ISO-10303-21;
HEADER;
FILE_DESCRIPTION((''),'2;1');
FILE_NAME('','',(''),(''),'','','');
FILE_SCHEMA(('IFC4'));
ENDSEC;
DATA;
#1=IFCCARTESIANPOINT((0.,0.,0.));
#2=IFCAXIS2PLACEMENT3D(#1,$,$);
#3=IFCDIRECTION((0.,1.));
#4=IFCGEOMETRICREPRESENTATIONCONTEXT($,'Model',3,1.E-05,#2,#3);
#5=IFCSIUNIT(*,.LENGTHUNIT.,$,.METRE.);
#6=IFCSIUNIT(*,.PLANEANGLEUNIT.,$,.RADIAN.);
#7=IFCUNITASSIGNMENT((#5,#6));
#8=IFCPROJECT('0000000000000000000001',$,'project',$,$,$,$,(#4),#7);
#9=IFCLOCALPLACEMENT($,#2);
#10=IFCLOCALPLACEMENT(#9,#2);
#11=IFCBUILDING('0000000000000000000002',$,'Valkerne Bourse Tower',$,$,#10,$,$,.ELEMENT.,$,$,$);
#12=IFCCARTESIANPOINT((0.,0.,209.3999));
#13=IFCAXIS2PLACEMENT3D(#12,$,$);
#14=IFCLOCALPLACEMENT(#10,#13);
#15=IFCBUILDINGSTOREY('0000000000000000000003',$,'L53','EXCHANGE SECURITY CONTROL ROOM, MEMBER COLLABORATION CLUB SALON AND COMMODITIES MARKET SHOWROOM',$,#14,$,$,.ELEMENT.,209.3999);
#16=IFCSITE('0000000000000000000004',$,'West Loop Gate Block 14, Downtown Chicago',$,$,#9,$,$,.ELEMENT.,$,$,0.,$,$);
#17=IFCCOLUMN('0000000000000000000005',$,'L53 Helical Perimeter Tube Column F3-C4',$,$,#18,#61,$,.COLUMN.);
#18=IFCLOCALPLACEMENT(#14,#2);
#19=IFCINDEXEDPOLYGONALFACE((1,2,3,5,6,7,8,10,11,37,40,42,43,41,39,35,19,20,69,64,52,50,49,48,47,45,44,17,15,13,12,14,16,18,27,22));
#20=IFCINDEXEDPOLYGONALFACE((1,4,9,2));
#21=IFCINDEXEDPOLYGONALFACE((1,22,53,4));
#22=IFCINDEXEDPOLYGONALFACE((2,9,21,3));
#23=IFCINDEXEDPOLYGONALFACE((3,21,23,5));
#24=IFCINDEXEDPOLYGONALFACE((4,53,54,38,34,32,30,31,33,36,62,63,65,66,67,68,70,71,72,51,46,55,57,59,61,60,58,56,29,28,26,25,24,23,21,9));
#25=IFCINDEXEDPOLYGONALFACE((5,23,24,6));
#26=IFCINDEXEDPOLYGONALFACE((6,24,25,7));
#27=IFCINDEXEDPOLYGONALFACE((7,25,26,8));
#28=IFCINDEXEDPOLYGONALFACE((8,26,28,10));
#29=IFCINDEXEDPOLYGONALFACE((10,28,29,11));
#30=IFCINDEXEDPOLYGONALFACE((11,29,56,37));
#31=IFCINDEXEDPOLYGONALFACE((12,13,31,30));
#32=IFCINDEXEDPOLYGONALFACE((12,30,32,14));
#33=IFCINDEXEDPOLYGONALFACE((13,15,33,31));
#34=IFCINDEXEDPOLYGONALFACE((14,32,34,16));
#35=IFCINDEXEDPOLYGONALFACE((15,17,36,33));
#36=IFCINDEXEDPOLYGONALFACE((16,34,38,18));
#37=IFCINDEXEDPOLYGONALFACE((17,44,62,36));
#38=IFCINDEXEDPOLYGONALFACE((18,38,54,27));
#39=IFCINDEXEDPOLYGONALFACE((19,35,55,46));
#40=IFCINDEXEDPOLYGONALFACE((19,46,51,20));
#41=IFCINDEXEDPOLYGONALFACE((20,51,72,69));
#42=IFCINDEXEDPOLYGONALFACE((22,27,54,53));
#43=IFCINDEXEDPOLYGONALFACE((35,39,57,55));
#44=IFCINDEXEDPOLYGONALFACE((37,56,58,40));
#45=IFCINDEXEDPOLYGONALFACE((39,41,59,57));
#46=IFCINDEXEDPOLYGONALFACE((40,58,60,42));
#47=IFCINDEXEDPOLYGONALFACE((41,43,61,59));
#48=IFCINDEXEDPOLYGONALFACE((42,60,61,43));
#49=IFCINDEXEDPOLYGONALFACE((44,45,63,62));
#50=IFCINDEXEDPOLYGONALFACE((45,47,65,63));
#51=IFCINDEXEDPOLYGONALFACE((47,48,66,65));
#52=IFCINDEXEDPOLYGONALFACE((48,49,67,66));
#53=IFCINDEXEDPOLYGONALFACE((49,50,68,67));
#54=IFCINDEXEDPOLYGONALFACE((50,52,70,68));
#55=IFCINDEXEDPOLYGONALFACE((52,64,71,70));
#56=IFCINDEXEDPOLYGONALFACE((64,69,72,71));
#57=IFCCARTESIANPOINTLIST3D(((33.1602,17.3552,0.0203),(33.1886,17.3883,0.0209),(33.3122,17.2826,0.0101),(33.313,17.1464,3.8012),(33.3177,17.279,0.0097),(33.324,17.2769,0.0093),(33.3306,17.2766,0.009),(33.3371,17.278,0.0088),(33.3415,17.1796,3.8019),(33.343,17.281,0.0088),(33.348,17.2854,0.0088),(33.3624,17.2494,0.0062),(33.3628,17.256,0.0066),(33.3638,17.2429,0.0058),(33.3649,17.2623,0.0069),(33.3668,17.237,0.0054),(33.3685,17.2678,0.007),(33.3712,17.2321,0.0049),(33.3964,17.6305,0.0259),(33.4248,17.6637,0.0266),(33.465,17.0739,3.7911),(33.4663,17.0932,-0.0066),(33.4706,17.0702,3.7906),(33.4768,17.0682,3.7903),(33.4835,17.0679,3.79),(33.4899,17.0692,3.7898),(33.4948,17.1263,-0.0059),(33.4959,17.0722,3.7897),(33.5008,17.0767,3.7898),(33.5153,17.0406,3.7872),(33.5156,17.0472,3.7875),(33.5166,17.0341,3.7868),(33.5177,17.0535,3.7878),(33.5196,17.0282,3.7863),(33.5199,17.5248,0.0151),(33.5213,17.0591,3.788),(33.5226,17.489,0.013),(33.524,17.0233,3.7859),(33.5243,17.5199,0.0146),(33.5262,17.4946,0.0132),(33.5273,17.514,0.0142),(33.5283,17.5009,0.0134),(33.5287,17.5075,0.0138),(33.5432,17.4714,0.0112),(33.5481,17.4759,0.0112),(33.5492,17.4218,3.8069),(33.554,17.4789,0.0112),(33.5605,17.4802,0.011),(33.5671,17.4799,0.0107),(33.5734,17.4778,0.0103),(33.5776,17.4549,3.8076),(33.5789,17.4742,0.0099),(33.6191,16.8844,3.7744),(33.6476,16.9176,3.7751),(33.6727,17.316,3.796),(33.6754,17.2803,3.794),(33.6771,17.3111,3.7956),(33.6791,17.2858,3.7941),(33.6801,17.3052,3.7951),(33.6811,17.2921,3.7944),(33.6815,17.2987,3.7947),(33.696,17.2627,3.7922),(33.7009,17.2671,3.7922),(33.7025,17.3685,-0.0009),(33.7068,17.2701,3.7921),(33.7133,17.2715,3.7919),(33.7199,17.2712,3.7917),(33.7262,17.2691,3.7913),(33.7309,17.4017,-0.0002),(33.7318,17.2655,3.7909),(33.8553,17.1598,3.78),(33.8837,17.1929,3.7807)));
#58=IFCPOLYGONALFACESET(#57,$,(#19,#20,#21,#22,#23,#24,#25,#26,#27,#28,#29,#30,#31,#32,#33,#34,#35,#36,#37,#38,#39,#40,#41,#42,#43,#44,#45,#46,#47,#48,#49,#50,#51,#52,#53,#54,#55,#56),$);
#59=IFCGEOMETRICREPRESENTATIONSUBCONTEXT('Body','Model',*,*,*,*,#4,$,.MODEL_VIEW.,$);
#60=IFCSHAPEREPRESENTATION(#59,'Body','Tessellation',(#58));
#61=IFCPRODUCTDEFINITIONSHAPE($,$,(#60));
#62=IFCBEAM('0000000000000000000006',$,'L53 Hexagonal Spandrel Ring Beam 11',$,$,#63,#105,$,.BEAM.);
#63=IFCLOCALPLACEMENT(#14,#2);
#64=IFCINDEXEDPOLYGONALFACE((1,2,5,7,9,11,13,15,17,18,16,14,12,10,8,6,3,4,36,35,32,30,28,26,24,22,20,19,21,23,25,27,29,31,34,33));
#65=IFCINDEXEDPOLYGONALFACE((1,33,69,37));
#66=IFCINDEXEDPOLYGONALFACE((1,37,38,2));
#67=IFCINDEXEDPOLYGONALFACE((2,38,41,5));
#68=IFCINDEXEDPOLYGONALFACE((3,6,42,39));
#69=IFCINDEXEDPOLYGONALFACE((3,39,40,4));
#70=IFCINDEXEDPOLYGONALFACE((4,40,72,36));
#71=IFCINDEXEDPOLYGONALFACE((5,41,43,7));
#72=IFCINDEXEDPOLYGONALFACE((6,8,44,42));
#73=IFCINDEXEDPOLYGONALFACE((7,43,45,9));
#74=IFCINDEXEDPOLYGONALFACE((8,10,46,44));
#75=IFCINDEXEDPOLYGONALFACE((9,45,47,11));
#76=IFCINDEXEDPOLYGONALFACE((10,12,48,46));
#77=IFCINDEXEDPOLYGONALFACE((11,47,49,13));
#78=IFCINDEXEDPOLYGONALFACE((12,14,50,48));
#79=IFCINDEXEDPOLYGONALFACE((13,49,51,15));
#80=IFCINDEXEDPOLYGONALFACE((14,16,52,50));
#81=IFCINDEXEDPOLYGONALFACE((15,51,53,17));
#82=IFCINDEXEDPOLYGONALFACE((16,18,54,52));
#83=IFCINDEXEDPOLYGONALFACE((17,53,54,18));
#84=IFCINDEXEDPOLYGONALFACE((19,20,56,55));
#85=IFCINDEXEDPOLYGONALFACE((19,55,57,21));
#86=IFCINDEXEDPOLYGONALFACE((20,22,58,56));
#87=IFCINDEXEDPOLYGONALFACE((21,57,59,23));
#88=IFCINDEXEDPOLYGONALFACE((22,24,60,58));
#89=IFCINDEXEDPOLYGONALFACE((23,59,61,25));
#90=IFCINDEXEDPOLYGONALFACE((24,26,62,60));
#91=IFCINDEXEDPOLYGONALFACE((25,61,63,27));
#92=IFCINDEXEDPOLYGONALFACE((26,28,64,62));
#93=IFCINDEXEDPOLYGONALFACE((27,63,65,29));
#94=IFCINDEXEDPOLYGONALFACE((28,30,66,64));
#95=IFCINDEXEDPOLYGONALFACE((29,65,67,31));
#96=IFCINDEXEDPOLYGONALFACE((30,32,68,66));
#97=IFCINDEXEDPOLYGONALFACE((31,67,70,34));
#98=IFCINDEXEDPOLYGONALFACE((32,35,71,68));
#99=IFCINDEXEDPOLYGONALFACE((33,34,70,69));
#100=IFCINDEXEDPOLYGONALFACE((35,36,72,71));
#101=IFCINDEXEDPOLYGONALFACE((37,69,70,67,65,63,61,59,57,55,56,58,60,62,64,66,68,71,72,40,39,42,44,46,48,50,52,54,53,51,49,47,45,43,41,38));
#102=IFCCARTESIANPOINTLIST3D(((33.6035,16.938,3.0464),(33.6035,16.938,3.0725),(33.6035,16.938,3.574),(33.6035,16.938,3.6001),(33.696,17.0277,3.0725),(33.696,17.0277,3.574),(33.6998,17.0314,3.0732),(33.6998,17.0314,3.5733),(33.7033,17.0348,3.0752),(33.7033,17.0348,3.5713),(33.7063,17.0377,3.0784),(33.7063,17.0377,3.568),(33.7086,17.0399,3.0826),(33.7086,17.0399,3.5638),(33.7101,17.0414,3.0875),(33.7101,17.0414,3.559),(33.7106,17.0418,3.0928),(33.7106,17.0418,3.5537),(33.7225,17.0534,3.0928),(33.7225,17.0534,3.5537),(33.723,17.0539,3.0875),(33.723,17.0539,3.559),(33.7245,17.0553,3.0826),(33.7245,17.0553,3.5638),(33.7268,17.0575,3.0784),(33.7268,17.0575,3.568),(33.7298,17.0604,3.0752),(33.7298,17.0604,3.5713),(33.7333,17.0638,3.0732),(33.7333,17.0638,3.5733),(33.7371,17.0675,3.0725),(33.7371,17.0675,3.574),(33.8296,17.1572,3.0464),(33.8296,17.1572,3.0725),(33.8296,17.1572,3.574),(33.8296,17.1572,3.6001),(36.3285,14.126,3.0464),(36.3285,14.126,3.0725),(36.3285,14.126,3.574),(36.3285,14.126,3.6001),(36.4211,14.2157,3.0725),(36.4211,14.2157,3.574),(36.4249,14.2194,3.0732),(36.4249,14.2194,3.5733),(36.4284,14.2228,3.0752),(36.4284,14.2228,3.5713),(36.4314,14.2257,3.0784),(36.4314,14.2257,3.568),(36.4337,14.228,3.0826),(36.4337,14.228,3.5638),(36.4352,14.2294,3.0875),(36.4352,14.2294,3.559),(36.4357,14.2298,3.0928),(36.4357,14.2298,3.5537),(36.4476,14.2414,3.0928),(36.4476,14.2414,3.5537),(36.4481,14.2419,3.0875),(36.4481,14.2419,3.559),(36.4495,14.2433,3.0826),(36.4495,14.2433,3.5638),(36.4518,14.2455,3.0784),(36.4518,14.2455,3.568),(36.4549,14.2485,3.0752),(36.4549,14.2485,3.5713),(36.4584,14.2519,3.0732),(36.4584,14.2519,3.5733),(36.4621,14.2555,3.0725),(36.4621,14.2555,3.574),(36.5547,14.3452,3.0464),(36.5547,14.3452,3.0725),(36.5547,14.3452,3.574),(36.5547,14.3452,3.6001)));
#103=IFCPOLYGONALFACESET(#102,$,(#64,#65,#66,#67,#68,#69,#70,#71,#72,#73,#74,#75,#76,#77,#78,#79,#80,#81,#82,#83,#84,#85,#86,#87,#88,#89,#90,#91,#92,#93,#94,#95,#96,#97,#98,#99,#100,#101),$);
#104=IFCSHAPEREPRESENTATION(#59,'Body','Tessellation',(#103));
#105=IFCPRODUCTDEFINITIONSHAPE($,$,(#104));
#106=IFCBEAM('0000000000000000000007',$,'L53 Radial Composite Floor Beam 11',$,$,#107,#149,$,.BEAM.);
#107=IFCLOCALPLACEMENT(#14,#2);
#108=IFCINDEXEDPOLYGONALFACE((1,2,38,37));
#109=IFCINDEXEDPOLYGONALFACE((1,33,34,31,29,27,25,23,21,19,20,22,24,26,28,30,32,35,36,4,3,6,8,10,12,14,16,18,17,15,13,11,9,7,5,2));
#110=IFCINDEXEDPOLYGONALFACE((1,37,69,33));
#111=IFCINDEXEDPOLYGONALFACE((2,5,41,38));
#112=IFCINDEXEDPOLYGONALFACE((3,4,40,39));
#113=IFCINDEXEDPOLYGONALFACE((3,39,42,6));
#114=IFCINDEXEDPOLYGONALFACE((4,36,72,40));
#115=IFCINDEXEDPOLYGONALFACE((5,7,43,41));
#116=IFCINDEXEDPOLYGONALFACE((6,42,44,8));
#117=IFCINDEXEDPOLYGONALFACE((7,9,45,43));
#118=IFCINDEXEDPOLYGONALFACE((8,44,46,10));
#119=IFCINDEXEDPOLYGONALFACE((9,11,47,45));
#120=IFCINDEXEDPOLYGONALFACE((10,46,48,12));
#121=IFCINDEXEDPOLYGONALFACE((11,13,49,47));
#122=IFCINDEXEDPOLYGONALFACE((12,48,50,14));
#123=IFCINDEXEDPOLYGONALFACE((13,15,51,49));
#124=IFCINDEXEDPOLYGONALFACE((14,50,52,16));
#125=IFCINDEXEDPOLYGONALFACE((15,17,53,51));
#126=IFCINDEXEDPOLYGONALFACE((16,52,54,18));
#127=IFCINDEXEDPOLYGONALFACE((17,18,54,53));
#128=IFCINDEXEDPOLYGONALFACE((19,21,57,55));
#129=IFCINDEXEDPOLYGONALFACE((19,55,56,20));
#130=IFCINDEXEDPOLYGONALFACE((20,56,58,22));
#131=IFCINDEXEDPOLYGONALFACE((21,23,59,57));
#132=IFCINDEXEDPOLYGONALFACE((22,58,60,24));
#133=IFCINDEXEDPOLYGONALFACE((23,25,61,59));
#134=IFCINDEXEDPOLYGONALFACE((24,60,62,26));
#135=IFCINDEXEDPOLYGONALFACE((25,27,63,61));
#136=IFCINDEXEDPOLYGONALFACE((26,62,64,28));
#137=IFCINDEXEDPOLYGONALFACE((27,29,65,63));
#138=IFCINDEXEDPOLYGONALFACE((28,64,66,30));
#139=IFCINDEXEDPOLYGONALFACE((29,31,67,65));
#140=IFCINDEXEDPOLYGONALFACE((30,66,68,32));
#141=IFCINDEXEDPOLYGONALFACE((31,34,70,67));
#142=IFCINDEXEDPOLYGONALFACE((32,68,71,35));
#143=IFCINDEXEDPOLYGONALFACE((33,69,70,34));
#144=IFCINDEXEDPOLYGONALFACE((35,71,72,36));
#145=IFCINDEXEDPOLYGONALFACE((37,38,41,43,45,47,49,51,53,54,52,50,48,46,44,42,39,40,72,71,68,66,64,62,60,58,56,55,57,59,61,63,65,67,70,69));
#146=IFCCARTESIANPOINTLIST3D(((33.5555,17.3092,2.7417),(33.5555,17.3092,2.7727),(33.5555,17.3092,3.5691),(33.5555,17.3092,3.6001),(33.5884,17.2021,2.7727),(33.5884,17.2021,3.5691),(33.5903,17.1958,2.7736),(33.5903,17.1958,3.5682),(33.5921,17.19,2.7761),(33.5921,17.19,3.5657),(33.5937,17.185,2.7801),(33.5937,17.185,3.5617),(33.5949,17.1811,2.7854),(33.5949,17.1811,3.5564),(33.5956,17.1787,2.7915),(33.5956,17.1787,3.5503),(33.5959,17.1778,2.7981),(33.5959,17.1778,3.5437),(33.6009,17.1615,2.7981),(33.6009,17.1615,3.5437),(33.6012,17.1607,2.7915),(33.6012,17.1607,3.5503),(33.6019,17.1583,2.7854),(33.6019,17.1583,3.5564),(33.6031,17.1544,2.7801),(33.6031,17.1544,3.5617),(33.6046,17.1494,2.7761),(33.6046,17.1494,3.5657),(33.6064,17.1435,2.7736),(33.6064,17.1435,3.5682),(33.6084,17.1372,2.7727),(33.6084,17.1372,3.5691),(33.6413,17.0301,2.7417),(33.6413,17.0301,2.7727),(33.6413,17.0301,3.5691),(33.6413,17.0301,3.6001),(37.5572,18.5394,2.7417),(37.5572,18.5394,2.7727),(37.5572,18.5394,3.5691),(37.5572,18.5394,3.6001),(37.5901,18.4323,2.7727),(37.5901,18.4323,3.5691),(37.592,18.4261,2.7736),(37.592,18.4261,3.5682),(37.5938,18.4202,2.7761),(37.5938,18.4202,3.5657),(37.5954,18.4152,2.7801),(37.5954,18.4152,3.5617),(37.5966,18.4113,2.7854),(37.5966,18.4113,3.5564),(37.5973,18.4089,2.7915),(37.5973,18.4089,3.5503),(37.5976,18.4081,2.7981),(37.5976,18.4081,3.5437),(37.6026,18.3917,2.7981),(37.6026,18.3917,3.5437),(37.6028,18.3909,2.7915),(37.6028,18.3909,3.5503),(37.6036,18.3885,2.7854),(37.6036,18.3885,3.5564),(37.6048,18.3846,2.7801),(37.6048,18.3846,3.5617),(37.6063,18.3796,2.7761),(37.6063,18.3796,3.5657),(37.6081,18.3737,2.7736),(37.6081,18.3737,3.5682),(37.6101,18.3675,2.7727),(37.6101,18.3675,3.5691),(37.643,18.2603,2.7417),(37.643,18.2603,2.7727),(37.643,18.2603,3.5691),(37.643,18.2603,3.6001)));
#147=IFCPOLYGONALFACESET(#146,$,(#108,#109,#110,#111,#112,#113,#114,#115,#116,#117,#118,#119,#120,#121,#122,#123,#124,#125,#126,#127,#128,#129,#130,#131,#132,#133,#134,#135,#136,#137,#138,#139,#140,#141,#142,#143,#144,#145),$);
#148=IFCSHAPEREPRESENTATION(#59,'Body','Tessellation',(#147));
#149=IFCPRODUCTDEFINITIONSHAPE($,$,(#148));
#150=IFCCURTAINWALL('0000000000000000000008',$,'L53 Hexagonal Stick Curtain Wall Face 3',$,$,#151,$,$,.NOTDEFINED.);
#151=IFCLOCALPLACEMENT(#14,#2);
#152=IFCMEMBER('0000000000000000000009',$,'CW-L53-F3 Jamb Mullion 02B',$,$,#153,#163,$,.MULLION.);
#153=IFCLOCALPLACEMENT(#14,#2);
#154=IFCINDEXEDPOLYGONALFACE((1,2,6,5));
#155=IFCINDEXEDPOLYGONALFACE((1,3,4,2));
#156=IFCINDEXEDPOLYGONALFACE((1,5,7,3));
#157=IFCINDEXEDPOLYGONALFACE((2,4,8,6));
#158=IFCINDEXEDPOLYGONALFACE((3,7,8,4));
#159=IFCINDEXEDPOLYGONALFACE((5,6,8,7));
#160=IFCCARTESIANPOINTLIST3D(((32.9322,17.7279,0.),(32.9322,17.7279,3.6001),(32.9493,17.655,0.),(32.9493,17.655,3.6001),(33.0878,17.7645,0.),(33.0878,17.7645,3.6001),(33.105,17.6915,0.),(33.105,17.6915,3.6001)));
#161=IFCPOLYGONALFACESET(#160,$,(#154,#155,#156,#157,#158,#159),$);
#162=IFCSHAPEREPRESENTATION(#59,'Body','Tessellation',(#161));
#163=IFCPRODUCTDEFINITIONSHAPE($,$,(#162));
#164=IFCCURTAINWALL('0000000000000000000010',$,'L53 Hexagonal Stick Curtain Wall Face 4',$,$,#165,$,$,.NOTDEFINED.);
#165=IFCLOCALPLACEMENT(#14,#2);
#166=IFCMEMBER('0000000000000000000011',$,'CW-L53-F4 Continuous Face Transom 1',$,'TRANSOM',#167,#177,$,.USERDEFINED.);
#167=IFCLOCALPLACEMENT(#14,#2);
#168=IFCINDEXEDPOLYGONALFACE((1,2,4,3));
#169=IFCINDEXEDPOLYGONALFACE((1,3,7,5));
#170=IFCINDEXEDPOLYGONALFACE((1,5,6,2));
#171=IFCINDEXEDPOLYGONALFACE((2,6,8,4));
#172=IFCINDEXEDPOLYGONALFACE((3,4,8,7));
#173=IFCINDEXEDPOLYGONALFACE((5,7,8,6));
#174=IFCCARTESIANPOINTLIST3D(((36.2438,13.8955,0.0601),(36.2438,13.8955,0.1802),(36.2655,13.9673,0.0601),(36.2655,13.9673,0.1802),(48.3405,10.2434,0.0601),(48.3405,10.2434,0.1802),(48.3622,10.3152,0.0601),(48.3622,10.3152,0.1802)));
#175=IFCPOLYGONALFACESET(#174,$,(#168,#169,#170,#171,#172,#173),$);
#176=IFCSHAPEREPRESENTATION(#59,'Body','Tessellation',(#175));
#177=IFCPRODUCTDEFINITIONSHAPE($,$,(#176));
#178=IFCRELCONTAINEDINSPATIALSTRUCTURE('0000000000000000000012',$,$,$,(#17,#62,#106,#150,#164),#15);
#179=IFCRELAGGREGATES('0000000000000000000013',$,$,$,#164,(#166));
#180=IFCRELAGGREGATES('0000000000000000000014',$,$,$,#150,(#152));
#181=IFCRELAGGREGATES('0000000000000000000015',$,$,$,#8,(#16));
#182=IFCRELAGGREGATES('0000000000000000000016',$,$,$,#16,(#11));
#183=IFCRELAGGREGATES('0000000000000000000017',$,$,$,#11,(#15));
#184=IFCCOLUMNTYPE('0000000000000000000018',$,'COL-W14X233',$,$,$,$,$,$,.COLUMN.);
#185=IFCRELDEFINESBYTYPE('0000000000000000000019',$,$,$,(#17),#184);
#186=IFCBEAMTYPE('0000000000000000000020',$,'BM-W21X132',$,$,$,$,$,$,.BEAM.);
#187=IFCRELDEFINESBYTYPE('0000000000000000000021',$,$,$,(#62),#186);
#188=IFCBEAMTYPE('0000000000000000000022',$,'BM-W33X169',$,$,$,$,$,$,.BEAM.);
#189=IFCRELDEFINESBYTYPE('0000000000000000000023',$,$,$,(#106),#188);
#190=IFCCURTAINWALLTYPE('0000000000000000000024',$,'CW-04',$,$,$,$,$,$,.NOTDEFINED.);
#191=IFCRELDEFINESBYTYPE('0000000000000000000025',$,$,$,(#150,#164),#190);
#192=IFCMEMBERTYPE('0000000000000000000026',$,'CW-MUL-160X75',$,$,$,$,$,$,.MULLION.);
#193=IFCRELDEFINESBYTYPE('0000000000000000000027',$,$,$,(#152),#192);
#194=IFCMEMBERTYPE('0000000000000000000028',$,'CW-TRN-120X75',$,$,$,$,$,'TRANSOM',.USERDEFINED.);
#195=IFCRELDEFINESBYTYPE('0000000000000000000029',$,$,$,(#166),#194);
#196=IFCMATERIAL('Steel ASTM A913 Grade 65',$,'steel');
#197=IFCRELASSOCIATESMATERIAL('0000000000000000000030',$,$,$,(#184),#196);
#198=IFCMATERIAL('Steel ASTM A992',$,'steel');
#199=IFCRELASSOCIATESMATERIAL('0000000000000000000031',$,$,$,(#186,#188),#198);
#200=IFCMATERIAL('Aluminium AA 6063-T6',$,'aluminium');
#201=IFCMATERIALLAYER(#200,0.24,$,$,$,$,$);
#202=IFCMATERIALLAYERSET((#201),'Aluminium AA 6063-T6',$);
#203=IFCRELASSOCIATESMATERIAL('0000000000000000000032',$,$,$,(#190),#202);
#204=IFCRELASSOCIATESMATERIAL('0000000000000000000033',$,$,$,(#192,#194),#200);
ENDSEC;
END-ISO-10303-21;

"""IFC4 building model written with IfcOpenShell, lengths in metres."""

from ifc_helpers import new_model, si_unit, direction, frame, origin, origin_2d, place, context, subcontext, project, spatial, rectangle, i_section, extrude, material, layer, layer_set, material_profile, profile_set, type_object, element, aggregate, save


model = new_model("IFC4")

# Units and contexts
model_context = context("Model", 3, precision=1e-05, world=origin(), true_north=direction((0.0, 1.0)))
body_context = subcontext(model_context, "Body", "Model", "MODEL_VIEW")
ifc_project = project(units=[si_unit("LENGTHUNIT", "METRE"), si_unit("PLANEANGLEUNIT", "RADIAN")], contexts=[model_context])

# Site, building, storey
site_placement = place(None, origin())
site = spatial("IfcSite", under=ifc_project, at=site_placement, Name="West Loop Gate Block 14, Downtown Chicago", CompositionType="ELEMENT", RefElevation=0.0)
building_placement = place(site_placement, origin())
building = spatial("IfcBuilding", under=site, at=building_placement, Name="Valkerne Bourse Tower", CompositionType="ELEMENT")
storey_placement = place(building_placement, frame((0.0, 0.0, 209.3999)))
storey = spatial("IfcBuildingStorey", under=building, at=storey_placement, Name="L53", Description="EXCHANGE SECURITY CONTROL ROOM, MEMBER COLLABORATION CLUB SALON AND COMMODITIES MARKET SHOWROOM", CompositionType="ELEMENT", Elevation=209.3999)

# Column
ifc_material_1 = material(Name="Steel ASTM A913 Grade 65", Category="steel")
ifc_material_profile_1 = material_profile(ifc_material_1, i_section(OverallWidth=0.4038, OverallDepth=0.4065, WebThickness=0.0271, FlangeThickness=0.0437, FilletRadius=0.0254, at=origin_2d()), Name="W14X233")
ifc_profile_set_1 = profile_set([ifc_material_profile_1], Name="Steel ASTM A913 Grade 65")
column_type = type_object("IfcColumnType", Name="COL-W14X233", PredefinedType="COLUMN", material=ifc_profile_set_1)
column_placement = place(storey_placement, frame((33.4456, 17.3784, 0.01), z_axis=(0.040327, -0.055079, 0.997667), x_axis=(0.758046, -0.648806, -0.06646)))
element("IfcColumn", 1, at=column_placement, inside=storey, type_object=column_type, Name="L53 Helical Perimeter Tube Column F3-C4", PredefinedType="COLUMN", context=body_context, shape_type="SweptSolid", body=[
    extrude(i_section(OverallWidth=0.4038, OverallDepth=0.4065, WebThickness=0.0271, FlangeThickness=0.0437, FilletRadius=0.0254, at=origin_2d()), origin(), (0.0, 0.0, 1.0), 3.7898),
])

# Beams
ifc_material_2 = material(Name="Steel ASTM A992", Category="steel")
ifc_material_profile_2 = material_profile(ifc_material_2, i_section(OverallWidth=0.3149, OverallDepth=0.5537, WebThickness=0.0166, FlangeThickness=0.0261, FilletRadius=0.0203, at=origin_2d()), Name="W21X132")
ifc_profile_set_2 = profile_set([ifc_material_profile_2], Name="Steel ASTM A992")
beam_type_1 = type_object("IfcBeamType", Name="BM-W21X132", PredefinedType="BEAM", material=ifc_profile_set_2)
beam_1_placement = place(storey_placement, frame((33.7166, 17.0476, 3.3232), z_axis=(0.695922, -0.718118, 0.0), x_axis=(0.718118, 0.695922, 0.0)))
element("IfcBeam", 2, at=beam_1_placement, inside=storey, type_object=beam_type_1, Name="L53 Hexagonal Spandrel Ring Beam 11", PredefinedType="BEAM", context=body_context, shape_type="SweptSolid", body=[
    extrude(i_section(OverallWidth=0.3149, OverallDepth=0.5537, WebThickness=0.0166, FlangeThickness=0.0261, FilletRadius=0.0203, at=origin_2d()), origin(), (0.0, 0.0, 1.0), 3.9158),
])
ifc_material_profile_3 = material_profile(ifc_material_2, i_section(OverallWidth=0.292, OverallDepth=0.8584, WebThickness=0.0171, FlangeThickness=0.031, FilletRadius=0.0254, at=origin_2d()), Name="W33X169")
ifc_profile_set_3 = profile_set([ifc_material_profile_3], Name="Steel ASTM A992")
beam_type_2 = type_object("IfcBeamType", Name="BM-W33X169", PredefinedType="BEAM", material=ifc_profile_set_3)
beam_2_placement = place(storey_placement, frame((33.5984, 17.1697, 3.1709), z_axis=(0.955851, 0.293852, 0.0), x_axis=(-0.293852, 0.955851, 0.0)))
element("IfcBeam", 3, at=beam_2_placement, inside=storey, type_object=beam_type_2, Name="L53 Radial Composite Floor Beam 11", PredefinedType="BEAM", context=body_context, shape_type="SweptSolid", body=[
    extrude(i_section(OverallWidth=0.292, OverallDepth=0.8584, WebThickness=0.0171, FlangeThickness=0.031, FilletRadius=0.0254, at=origin_2d()), origin(), (0.0, 0.0, 1.0), 4.1865),
])

# Curtain walls, members
ifc_material_3 = material(Name="Aluminium AA 6063-T6", Category="aluminium")
ifc_layer_1 = layer(ifc_material_3, 0.24)
ifc_layer_set_1 = layer_set([ifc_layer_1], Name="Aluminium AA 6063-T6")
curtain_wall_type = type_object("IfcCurtainWallType", Name="CW-04", PredefinedType="NOTDEFINED", material=ifc_layer_set_1)
curtain_wall_1_placement = place(storey_placement, origin())
curtain_wall_1 = element("IfcCurtainWall", 4, at=curtain_wall_1_placement, inside=storey, type_object=curtain_wall_type, Name="L53 Hexagonal Stick Curtain Wall Face 3", PredefinedType="NOTDEFINED")
ifc_material_profile_4 = material_profile(ifc_material_3, rectangle(XDim=0.075, YDim=0.1599, at=origin_2d()), Name="CWM-75X160")
ifc_profile_set_4 = profile_set([ifc_material_profile_4], Name="Aluminium AA 6063-T6")
member_type_1 = type_object("IfcMemberType", Name="CW-MUL-160X75", PredefinedType="MULLION", material=ifc_profile_set_4)
member_1_placement = place(storey_placement, frame((33.0186, 17.7097, 0.0), z_axis=(0.0, 0.0, 1.0), x_axis=(0.228349, -0.973579, 0.0)))
member_1 = element("IfcMember", 5, at=member_1_placement, type_object=member_type_1, Name="CW-L53-F3 Jamb Mullion 02B", PredefinedType="MULLION", context=body_context, shape_type="SweptSolid", body=[
    extrude(rectangle(XDim=0.075, YDim=0.1599, at=origin_2d()), origin(), (0.0, 0.0, 1.0), 3.6001),
])
curtain_wall_2_placement = place(storey_placement, origin())
curtain_wall_2 = element("IfcCurtainWall", 6, at=curtain_wall_2_placement, inside=storey, type_object=curtain_wall_type, Name="L53 Hexagonal Stick Curtain Wall Face 4", PredefinedType="NOTDEFINED")
ifc_material_profile_5 = material_profile(ifc_material_3, rectangle(XDim=0.075, YDim=0.1201, at=origin_2d()), Name="CWT-75X120")
ifc_profile_set_5 = profile_set([ifc_material_profile_5], Name="Aluminium AA 6063-T6")
member_type_2 = type_object("IfcMemberType", Name="CW-TRN-120X75", ElementType="TRANSOM", PredefinedType="USERDEFINED", material=ifc_profile_set_5)
member_2_placement = place(storey_placement, frame((36.2546, 13.9314, 0.1201), z_axis=(0.957322, -0.289024, 0.0), x_axis=(0.289024, 0.957322, 0.0)))
member_2 = element("IfcMember", 7, at=member_2_placement, type_object=member_type_2, Name="CW-L53-F4 Continuous Face Transom 1", ObjectType="TRANSOM", PredefinedType="USERDEFINED", context=body_context, shape_type="SweptSolid", body=[
    extrude(rectangle(XDim=0.075, YDim=0.1201, at=origin_2d()), origin(), (0.0, 0.0, 1.0), 12.636),
])
aggregate(curtain_wall_2, [member_2])

aggregate(curtain_wall_1, [member_1])

save(model, "model.ifc")
